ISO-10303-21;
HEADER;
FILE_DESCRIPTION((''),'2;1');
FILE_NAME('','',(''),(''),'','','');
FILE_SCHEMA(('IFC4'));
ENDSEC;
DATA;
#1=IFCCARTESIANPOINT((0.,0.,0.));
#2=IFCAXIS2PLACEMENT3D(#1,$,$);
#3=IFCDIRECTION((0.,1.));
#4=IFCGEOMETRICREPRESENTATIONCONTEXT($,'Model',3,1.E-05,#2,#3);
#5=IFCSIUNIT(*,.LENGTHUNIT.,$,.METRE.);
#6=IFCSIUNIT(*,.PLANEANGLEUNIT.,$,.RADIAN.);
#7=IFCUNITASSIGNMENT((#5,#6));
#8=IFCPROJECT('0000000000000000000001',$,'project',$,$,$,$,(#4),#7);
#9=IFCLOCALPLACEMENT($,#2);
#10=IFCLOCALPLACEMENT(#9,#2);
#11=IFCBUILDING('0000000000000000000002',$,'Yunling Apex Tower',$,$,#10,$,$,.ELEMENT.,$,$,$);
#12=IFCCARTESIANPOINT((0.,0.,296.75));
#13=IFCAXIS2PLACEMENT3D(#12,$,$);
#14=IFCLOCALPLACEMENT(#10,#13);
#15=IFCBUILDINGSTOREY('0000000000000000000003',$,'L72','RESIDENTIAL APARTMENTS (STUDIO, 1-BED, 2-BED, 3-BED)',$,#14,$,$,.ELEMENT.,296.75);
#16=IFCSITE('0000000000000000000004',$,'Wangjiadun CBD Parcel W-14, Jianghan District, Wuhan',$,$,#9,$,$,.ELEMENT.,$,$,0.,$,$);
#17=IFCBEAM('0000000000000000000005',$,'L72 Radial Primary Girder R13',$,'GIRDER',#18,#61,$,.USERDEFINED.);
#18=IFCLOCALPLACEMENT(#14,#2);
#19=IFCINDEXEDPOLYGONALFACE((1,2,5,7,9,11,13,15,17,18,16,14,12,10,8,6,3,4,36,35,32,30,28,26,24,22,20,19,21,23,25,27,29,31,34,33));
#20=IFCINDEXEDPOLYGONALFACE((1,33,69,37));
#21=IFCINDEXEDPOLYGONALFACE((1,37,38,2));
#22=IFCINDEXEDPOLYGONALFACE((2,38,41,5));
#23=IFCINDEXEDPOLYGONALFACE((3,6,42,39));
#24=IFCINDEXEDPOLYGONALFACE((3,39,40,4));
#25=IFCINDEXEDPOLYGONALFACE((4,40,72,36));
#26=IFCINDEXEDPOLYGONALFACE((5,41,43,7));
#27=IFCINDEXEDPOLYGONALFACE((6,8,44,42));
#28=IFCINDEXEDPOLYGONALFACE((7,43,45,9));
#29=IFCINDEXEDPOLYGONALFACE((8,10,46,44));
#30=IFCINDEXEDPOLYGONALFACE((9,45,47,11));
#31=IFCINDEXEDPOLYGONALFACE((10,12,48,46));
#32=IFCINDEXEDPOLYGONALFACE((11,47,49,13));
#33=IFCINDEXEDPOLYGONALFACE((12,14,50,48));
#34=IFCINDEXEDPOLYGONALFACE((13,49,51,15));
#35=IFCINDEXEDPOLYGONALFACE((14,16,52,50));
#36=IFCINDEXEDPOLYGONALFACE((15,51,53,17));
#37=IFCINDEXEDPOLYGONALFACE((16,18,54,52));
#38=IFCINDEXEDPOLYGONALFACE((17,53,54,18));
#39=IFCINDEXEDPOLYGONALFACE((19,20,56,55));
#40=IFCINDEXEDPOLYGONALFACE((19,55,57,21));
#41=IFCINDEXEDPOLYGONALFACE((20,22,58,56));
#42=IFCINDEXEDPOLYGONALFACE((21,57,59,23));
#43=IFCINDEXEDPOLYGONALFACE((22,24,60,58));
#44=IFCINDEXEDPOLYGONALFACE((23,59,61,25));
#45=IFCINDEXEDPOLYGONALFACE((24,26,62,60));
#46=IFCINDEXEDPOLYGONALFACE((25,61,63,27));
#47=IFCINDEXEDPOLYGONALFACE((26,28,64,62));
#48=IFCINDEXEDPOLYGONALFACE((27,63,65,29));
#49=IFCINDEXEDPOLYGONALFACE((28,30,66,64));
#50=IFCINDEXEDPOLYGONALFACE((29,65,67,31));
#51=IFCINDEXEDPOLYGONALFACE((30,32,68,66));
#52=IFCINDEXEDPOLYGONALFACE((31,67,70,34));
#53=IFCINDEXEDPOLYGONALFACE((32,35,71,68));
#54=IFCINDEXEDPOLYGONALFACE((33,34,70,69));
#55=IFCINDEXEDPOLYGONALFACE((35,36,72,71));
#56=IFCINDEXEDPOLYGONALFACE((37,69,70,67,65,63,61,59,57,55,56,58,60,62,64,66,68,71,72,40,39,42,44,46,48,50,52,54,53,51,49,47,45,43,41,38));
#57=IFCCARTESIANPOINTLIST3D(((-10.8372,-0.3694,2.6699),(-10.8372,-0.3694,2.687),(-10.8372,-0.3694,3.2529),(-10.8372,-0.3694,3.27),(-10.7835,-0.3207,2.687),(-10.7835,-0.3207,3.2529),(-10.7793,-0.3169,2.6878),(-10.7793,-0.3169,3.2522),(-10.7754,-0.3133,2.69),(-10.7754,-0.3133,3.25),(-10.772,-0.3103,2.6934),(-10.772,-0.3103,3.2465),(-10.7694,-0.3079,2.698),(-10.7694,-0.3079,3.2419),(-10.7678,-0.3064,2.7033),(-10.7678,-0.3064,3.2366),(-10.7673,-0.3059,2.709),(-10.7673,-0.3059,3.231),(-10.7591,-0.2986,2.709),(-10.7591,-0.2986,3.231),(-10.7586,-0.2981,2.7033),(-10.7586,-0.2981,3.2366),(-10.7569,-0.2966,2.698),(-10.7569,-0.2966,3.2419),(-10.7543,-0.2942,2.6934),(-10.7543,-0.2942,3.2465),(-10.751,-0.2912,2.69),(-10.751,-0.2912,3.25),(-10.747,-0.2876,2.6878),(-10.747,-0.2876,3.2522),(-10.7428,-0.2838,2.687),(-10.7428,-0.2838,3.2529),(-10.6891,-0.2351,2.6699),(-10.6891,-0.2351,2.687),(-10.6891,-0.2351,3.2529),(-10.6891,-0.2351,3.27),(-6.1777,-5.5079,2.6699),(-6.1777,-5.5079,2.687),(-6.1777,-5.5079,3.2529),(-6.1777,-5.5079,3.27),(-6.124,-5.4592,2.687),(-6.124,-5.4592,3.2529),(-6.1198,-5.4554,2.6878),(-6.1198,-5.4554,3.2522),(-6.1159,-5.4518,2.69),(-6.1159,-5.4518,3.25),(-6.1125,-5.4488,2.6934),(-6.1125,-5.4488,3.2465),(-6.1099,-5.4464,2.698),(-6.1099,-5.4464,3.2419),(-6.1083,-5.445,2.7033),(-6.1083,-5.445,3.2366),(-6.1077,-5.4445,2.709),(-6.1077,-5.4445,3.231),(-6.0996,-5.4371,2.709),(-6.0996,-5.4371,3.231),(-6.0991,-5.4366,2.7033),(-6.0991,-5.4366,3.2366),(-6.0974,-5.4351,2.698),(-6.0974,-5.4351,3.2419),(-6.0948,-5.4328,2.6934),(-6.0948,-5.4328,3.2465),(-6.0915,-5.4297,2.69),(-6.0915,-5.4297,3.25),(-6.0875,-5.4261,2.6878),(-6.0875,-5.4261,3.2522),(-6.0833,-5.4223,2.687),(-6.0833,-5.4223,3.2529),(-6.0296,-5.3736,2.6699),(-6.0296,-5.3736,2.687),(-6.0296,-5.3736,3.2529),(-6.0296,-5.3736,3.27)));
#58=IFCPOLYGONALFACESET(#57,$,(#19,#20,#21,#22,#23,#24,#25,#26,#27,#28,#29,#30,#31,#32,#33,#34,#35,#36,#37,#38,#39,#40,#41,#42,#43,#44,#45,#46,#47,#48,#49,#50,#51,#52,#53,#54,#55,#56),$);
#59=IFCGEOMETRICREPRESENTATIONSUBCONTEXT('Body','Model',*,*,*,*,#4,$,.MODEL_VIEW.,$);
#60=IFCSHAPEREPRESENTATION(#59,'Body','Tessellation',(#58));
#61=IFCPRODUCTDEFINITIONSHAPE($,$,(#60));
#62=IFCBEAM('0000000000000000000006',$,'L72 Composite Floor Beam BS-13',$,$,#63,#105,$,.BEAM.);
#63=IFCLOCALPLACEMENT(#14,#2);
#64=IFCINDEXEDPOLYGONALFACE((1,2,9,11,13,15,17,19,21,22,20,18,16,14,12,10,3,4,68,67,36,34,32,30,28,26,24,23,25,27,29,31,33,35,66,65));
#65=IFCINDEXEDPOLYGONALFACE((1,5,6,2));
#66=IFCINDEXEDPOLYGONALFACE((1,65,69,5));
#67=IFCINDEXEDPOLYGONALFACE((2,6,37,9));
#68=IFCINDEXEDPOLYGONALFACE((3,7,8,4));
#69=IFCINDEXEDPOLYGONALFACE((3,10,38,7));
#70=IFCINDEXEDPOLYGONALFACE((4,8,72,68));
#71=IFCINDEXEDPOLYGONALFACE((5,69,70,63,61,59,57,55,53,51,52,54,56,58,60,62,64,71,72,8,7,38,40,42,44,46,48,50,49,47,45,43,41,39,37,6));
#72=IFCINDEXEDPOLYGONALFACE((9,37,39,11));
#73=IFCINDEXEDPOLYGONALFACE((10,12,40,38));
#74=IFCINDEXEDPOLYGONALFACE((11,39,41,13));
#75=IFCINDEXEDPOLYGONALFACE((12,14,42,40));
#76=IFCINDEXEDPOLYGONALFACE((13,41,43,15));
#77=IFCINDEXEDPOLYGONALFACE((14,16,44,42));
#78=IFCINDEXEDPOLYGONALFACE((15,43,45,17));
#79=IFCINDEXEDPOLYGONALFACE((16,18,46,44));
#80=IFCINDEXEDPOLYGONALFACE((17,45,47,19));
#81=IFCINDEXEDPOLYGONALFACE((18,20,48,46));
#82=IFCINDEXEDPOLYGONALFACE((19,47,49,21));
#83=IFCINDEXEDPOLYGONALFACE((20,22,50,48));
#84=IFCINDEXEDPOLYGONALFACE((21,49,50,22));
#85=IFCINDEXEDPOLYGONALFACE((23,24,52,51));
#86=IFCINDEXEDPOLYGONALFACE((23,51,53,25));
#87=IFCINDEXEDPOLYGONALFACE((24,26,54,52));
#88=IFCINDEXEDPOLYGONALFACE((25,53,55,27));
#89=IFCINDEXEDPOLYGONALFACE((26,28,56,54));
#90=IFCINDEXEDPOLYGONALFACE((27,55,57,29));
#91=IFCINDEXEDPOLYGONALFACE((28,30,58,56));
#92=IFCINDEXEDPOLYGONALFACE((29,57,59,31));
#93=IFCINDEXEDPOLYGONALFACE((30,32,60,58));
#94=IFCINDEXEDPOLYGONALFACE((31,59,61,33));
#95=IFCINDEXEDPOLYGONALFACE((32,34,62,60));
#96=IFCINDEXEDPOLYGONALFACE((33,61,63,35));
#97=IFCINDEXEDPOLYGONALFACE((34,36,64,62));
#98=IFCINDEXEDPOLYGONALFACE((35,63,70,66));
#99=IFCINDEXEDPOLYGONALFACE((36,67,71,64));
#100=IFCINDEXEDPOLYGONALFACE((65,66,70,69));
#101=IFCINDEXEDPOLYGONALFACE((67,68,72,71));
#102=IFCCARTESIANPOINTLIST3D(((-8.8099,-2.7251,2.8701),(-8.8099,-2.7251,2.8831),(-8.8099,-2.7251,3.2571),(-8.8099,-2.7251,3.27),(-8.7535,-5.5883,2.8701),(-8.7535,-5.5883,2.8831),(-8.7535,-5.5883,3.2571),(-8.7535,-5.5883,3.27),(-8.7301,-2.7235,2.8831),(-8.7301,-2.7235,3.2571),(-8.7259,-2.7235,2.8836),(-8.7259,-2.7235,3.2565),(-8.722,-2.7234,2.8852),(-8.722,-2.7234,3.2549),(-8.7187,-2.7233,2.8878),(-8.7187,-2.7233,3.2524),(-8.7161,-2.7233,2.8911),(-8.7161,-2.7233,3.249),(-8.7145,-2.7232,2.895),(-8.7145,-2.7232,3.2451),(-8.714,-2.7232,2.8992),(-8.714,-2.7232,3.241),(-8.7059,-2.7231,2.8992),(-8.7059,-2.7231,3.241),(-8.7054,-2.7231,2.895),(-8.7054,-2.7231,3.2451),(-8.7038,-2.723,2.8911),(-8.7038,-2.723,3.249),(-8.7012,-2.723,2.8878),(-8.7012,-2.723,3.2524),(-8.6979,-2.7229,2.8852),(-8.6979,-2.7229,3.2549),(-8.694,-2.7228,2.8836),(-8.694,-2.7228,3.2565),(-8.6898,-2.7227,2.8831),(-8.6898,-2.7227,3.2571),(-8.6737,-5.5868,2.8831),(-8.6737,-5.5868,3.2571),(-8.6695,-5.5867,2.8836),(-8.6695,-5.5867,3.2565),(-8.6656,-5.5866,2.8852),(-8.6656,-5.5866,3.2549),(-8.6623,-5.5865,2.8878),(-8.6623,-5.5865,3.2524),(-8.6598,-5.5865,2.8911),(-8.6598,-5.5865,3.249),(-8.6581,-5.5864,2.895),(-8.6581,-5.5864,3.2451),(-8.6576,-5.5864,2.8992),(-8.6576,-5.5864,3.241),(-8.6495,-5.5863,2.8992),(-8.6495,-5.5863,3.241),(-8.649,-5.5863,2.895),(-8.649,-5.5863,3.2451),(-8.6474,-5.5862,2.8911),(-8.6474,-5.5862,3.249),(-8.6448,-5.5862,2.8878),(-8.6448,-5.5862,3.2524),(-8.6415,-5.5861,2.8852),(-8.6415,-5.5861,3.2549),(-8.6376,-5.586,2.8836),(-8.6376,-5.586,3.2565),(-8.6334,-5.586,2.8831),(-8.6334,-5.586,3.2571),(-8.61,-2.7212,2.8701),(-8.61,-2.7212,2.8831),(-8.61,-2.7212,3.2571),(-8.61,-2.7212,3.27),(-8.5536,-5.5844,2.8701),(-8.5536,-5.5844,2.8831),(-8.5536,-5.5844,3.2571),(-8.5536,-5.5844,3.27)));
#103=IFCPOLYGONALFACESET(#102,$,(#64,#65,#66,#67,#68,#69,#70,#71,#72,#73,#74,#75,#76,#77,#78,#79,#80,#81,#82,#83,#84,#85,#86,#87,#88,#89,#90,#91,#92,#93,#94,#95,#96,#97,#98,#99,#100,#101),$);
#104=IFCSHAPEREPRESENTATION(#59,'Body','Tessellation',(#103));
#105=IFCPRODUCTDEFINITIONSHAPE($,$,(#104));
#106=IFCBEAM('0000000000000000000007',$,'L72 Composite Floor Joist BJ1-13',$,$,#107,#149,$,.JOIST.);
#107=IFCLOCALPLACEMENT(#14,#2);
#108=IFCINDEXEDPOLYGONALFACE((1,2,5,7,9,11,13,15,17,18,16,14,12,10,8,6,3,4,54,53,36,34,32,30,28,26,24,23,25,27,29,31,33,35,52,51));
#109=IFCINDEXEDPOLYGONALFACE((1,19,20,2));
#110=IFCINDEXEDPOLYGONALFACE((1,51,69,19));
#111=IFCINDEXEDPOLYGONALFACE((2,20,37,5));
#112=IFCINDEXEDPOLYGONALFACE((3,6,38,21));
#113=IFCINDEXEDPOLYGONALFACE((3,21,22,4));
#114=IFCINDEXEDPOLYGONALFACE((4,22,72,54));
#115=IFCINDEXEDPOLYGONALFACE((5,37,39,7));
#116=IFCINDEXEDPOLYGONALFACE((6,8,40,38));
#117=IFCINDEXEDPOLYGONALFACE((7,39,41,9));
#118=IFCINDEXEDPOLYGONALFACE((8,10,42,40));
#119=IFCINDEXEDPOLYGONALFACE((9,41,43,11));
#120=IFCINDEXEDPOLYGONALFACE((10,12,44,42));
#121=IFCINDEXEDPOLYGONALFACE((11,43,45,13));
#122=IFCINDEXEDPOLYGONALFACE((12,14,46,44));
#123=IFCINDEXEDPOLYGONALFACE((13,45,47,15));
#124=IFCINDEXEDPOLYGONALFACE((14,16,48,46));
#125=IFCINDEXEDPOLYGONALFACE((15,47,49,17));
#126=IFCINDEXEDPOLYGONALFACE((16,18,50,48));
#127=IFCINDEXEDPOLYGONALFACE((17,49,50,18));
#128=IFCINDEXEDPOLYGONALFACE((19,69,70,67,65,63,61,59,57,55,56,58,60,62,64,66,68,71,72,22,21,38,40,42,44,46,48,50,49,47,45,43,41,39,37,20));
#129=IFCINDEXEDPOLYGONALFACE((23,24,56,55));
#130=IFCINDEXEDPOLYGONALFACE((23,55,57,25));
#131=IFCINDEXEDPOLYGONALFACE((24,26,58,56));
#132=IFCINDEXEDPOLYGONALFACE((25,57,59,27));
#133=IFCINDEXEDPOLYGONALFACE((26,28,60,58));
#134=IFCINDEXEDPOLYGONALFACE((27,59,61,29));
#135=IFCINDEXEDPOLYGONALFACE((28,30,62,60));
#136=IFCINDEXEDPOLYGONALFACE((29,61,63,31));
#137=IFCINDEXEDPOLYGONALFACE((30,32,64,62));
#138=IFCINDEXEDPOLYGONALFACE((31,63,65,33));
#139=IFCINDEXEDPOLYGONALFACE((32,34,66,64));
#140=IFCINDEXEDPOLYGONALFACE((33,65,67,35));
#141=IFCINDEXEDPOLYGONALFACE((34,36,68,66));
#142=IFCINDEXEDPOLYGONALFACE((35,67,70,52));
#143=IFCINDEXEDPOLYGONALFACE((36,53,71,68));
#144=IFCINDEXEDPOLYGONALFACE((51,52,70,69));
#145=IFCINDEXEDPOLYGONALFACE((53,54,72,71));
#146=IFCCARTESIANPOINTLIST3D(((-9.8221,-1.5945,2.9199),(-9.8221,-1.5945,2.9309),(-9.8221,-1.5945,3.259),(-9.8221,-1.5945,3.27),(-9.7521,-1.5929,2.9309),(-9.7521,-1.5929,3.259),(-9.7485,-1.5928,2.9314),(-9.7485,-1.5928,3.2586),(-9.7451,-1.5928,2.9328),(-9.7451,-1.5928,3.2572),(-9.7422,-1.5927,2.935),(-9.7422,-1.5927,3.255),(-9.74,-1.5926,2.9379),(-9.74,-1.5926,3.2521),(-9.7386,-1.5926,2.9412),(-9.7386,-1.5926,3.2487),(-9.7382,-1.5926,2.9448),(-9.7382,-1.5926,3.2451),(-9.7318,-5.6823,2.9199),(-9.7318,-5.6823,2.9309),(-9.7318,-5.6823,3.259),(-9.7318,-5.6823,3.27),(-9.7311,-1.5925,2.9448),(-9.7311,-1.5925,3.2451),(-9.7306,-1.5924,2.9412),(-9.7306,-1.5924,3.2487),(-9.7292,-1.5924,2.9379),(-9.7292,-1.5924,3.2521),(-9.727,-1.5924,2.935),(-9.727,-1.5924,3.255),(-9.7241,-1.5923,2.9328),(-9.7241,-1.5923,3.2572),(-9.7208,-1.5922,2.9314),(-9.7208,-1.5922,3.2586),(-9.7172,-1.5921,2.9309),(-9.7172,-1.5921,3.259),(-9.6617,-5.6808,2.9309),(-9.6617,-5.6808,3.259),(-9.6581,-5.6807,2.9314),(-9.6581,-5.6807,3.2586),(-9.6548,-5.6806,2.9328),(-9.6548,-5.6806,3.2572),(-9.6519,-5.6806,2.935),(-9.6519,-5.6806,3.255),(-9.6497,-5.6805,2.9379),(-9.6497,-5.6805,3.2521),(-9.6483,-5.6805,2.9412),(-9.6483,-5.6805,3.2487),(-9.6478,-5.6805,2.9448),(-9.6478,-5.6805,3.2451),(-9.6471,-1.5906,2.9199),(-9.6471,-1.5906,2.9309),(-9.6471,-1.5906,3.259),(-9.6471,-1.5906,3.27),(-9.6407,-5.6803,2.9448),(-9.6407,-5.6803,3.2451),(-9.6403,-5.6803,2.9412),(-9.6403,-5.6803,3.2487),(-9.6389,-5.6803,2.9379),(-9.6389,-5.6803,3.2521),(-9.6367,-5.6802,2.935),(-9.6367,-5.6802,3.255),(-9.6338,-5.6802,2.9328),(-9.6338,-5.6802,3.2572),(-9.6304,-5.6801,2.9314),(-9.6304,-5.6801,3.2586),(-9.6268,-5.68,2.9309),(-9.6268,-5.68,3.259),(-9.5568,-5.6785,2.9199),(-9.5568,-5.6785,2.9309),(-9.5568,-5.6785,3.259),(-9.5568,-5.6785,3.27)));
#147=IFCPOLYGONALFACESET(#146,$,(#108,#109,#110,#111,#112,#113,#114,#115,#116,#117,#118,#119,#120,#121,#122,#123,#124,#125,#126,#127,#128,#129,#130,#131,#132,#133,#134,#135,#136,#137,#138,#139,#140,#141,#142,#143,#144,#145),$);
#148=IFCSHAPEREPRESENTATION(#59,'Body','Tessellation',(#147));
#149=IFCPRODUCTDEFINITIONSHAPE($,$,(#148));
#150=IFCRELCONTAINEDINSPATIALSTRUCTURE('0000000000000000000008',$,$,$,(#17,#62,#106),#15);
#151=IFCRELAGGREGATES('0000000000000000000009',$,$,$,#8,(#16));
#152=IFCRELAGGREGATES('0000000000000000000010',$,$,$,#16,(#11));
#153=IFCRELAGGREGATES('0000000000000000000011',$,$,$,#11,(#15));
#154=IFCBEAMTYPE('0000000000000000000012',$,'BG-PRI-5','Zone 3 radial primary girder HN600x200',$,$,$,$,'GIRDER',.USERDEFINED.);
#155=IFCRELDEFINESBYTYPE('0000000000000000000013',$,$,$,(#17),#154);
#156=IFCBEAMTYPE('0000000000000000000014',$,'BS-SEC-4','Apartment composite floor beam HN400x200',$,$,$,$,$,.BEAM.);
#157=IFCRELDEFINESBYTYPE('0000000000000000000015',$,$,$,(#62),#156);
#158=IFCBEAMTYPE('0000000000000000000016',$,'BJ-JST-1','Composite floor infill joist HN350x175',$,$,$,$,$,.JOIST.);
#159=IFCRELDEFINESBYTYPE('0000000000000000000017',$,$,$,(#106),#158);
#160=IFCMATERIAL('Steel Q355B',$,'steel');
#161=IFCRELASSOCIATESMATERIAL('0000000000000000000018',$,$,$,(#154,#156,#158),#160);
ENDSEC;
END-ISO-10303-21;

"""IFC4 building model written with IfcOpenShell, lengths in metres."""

from ifc_helpers import new_model, si_unit, direction, frame, origin, origin_2d, place, context, subcontext, project, spatial, i_section, extrude, source, transform, mapped, material, material_profile, profile_set, type_object, element, save


model = new_model("IFC4")

# Units and contexts
model_context = context("Model", 3, precision=1e-05, world=origin(), true_north=direction((0.0, 1.0)))
body_context = subcontext(model_context, "Body", "Model", "MODEL_VIEW")
ifc_project = project(units=[si_unit("LENGTHUNIT", "METRE"), si_unit("PLANEANGLEUNIT", "RADIAN")], contexts=[model_context])

# Site, building, storey
site_placement = place(None, origin())
site = spatial("IfcSite", under=ifc_project, at=site_placement, Name="Wangjiadun CBD Parcel W-14, Jianghan District, Wuhan", CompositionType="ELEMENT", RefElevation=0.0)
building_placement = place(site_placement, origin())
building = spatial("IfcBuilding", under=site, at=building_placement, Name="Yunling Apex Tower", CompositionType="ELEMENT")
storey_placement = place(building_placement, frame((0.0, 0.0, 296.75)))
storey = spatial("IfcBuildingStorey", under=building, at=storey_placement, Name="L72", Description="RESIDENTIAL APARTMENTS (STUDIO, 1-BED, 2-BED, 3-BED)", CompositionType="ELEMENT", Elevation=296.75)

# Shared definitions
ifc_material_1 = material(Name="Steel Q355B", Category="steel")

# Beams
ifc_material_profile_1 = material_profile(ifc_material_1, i_section(OverallWidth=0.2, OverallDepth=0.6001, WebThickness=0.011, FlangeThickness=0.0171, FilletRadius=0.022, at=origin_2d()))
ifc_profile_set_1 = profile_set([ifc_material_profile_1], Name="Steel Q355B")
beam_type_1 = type_object("IfcBeamType", Name="BG-PRI-5", Description="Zone 3 radial primary girder HN600x200", ElementType="GIRDER", PredefinedType="USERDEFINED", material=ifc_profile_set_1)
shared_shape_1 = source(origin(), body_context, "Body", "SweptSolid", [
    extrude(i_section(OverallWidth=0.2, OverallDepth=0.6001, WebThickness=0.011, FlangeThickness=0.0171, FilletRadius=0.022, at=origin_2d()), origin(), (0.0, 0.0, 1.0), 6.9365),
])
beam_1_placement = place(storey_placement, frame((-10.7632, -0.3022, 2.97), z_axis=(0.671735, -0.740792, 0.0), x_axis=(0.740792, 0.671735, 0.0)))
element("IfcBeam", 1, at=beam_1_placement, inside=storey, type_object=beam_type_1, Name="L72 Radial Primary Girder R13", ObjectType="GIRDER", PredefinedType="USERDEFINED", context=body_context, shape_type="MappedRepresentation", body=[
    mapped(shared_shape_1, transform((0.0, 0.0, 0.0), scale=1.0)),
])
ifc_material_profile_2 = material_profile(ifc_material_1, i_section(OverallWidth=0.2, OverallDepth=0.3999, WebThickness=0.0081, FlangeThickness=0.0129, FilletRadius=0.0161, at=origin_2d()))
ifc_profile_set_2 = profile_set([ifc_material_profile_2], Name="Steel Q355B")
beam_type_2 = type_object("IfcBeamType", Name="BS-SEC-4", Description="Apartment composite floor beam HN400x200", PredefinedType="BEAM", material=ifc_profile_set_2)
shared_shape_2 = source(origin(), body_context, "Body", "SweptSolid", [
    extrude(i_section(OverallWidth=0.2, OverallDepth=0.3999, WebThickness=0.0081, FlangeThickness=0.0129, FilletRadius=0.0161, at=origin_2d()), origin(), (0.0, 0.0, 1.0), 2.8638),
])
beam_2_placement = place(storey_placement, frame((-8.71, -2.7231, 3.0701), z_axis=(0.019693, -0.999806, 0.0), x_axis=(0.999806, 0.019693, 0.0)))
element("IfcBeam", 2, at=beam_2_placement, inside=storey, type_object=beam_type_2, Name="L72 Composite Floor Beam BS-13", PredefinedType="BEAM", context=body_context, shape_type="MappedRepresentation", body=[
    mapped(shared_shape_2, transform((0.0, 0.0, 0.0), scale=1.0)),
])
ifc_material_profile_3 = material_profile(ifc_material_1, i_section(OverallWidth=0.175, OverallDepth=0.3501, WebThickness=0.0071, FlangeThickness=0.011, FilletRadius=0.0139, at=origin_2d()))
ifc_profile_set_3 = profile_set([ifc_material_profile_3], Name="Steel Q355B")
beam_type_3 = type_object("IfcBeamType", Name="BJ-JST-1", Description="Composite floor infill joist HN350x175", PredefinedType="JOIST", material=ifc_profile_set_3)
shared_shape_3 = source(origin(), body_context, "Body", "SweptSolid", [
    extrude(i_section(OverallWidth=0.175, OverallDepth=0.3501, WebThickness=0.0071, FlangeThickness=0.011, FilletRadius=0.0139, at=origin_2d()), origin(), (0.0, 0.0, 1.0), 4.0889),
])
beam_3_placement = place(storey_placement, frame((-9.7346, -1.5925, 3.095), z_axis=(0.022092, -0.999756, 0.0), x_axis=(0.999756, 0.022092, 0.0)))
element("IfcBeam", 3, at=beam_3_placement, inside=storey, type_object=beam_type_3, Name="L72 Composite Floor Joist BJ1-13", PredefinedType="JOIST", context=body_context, shape_type="MappedRepresentation", body=[
    mapped(shared_shape_3, transform((0.0, 0.0, 0.0), scale=1.0)),
])

save(model, "model.ifc")
